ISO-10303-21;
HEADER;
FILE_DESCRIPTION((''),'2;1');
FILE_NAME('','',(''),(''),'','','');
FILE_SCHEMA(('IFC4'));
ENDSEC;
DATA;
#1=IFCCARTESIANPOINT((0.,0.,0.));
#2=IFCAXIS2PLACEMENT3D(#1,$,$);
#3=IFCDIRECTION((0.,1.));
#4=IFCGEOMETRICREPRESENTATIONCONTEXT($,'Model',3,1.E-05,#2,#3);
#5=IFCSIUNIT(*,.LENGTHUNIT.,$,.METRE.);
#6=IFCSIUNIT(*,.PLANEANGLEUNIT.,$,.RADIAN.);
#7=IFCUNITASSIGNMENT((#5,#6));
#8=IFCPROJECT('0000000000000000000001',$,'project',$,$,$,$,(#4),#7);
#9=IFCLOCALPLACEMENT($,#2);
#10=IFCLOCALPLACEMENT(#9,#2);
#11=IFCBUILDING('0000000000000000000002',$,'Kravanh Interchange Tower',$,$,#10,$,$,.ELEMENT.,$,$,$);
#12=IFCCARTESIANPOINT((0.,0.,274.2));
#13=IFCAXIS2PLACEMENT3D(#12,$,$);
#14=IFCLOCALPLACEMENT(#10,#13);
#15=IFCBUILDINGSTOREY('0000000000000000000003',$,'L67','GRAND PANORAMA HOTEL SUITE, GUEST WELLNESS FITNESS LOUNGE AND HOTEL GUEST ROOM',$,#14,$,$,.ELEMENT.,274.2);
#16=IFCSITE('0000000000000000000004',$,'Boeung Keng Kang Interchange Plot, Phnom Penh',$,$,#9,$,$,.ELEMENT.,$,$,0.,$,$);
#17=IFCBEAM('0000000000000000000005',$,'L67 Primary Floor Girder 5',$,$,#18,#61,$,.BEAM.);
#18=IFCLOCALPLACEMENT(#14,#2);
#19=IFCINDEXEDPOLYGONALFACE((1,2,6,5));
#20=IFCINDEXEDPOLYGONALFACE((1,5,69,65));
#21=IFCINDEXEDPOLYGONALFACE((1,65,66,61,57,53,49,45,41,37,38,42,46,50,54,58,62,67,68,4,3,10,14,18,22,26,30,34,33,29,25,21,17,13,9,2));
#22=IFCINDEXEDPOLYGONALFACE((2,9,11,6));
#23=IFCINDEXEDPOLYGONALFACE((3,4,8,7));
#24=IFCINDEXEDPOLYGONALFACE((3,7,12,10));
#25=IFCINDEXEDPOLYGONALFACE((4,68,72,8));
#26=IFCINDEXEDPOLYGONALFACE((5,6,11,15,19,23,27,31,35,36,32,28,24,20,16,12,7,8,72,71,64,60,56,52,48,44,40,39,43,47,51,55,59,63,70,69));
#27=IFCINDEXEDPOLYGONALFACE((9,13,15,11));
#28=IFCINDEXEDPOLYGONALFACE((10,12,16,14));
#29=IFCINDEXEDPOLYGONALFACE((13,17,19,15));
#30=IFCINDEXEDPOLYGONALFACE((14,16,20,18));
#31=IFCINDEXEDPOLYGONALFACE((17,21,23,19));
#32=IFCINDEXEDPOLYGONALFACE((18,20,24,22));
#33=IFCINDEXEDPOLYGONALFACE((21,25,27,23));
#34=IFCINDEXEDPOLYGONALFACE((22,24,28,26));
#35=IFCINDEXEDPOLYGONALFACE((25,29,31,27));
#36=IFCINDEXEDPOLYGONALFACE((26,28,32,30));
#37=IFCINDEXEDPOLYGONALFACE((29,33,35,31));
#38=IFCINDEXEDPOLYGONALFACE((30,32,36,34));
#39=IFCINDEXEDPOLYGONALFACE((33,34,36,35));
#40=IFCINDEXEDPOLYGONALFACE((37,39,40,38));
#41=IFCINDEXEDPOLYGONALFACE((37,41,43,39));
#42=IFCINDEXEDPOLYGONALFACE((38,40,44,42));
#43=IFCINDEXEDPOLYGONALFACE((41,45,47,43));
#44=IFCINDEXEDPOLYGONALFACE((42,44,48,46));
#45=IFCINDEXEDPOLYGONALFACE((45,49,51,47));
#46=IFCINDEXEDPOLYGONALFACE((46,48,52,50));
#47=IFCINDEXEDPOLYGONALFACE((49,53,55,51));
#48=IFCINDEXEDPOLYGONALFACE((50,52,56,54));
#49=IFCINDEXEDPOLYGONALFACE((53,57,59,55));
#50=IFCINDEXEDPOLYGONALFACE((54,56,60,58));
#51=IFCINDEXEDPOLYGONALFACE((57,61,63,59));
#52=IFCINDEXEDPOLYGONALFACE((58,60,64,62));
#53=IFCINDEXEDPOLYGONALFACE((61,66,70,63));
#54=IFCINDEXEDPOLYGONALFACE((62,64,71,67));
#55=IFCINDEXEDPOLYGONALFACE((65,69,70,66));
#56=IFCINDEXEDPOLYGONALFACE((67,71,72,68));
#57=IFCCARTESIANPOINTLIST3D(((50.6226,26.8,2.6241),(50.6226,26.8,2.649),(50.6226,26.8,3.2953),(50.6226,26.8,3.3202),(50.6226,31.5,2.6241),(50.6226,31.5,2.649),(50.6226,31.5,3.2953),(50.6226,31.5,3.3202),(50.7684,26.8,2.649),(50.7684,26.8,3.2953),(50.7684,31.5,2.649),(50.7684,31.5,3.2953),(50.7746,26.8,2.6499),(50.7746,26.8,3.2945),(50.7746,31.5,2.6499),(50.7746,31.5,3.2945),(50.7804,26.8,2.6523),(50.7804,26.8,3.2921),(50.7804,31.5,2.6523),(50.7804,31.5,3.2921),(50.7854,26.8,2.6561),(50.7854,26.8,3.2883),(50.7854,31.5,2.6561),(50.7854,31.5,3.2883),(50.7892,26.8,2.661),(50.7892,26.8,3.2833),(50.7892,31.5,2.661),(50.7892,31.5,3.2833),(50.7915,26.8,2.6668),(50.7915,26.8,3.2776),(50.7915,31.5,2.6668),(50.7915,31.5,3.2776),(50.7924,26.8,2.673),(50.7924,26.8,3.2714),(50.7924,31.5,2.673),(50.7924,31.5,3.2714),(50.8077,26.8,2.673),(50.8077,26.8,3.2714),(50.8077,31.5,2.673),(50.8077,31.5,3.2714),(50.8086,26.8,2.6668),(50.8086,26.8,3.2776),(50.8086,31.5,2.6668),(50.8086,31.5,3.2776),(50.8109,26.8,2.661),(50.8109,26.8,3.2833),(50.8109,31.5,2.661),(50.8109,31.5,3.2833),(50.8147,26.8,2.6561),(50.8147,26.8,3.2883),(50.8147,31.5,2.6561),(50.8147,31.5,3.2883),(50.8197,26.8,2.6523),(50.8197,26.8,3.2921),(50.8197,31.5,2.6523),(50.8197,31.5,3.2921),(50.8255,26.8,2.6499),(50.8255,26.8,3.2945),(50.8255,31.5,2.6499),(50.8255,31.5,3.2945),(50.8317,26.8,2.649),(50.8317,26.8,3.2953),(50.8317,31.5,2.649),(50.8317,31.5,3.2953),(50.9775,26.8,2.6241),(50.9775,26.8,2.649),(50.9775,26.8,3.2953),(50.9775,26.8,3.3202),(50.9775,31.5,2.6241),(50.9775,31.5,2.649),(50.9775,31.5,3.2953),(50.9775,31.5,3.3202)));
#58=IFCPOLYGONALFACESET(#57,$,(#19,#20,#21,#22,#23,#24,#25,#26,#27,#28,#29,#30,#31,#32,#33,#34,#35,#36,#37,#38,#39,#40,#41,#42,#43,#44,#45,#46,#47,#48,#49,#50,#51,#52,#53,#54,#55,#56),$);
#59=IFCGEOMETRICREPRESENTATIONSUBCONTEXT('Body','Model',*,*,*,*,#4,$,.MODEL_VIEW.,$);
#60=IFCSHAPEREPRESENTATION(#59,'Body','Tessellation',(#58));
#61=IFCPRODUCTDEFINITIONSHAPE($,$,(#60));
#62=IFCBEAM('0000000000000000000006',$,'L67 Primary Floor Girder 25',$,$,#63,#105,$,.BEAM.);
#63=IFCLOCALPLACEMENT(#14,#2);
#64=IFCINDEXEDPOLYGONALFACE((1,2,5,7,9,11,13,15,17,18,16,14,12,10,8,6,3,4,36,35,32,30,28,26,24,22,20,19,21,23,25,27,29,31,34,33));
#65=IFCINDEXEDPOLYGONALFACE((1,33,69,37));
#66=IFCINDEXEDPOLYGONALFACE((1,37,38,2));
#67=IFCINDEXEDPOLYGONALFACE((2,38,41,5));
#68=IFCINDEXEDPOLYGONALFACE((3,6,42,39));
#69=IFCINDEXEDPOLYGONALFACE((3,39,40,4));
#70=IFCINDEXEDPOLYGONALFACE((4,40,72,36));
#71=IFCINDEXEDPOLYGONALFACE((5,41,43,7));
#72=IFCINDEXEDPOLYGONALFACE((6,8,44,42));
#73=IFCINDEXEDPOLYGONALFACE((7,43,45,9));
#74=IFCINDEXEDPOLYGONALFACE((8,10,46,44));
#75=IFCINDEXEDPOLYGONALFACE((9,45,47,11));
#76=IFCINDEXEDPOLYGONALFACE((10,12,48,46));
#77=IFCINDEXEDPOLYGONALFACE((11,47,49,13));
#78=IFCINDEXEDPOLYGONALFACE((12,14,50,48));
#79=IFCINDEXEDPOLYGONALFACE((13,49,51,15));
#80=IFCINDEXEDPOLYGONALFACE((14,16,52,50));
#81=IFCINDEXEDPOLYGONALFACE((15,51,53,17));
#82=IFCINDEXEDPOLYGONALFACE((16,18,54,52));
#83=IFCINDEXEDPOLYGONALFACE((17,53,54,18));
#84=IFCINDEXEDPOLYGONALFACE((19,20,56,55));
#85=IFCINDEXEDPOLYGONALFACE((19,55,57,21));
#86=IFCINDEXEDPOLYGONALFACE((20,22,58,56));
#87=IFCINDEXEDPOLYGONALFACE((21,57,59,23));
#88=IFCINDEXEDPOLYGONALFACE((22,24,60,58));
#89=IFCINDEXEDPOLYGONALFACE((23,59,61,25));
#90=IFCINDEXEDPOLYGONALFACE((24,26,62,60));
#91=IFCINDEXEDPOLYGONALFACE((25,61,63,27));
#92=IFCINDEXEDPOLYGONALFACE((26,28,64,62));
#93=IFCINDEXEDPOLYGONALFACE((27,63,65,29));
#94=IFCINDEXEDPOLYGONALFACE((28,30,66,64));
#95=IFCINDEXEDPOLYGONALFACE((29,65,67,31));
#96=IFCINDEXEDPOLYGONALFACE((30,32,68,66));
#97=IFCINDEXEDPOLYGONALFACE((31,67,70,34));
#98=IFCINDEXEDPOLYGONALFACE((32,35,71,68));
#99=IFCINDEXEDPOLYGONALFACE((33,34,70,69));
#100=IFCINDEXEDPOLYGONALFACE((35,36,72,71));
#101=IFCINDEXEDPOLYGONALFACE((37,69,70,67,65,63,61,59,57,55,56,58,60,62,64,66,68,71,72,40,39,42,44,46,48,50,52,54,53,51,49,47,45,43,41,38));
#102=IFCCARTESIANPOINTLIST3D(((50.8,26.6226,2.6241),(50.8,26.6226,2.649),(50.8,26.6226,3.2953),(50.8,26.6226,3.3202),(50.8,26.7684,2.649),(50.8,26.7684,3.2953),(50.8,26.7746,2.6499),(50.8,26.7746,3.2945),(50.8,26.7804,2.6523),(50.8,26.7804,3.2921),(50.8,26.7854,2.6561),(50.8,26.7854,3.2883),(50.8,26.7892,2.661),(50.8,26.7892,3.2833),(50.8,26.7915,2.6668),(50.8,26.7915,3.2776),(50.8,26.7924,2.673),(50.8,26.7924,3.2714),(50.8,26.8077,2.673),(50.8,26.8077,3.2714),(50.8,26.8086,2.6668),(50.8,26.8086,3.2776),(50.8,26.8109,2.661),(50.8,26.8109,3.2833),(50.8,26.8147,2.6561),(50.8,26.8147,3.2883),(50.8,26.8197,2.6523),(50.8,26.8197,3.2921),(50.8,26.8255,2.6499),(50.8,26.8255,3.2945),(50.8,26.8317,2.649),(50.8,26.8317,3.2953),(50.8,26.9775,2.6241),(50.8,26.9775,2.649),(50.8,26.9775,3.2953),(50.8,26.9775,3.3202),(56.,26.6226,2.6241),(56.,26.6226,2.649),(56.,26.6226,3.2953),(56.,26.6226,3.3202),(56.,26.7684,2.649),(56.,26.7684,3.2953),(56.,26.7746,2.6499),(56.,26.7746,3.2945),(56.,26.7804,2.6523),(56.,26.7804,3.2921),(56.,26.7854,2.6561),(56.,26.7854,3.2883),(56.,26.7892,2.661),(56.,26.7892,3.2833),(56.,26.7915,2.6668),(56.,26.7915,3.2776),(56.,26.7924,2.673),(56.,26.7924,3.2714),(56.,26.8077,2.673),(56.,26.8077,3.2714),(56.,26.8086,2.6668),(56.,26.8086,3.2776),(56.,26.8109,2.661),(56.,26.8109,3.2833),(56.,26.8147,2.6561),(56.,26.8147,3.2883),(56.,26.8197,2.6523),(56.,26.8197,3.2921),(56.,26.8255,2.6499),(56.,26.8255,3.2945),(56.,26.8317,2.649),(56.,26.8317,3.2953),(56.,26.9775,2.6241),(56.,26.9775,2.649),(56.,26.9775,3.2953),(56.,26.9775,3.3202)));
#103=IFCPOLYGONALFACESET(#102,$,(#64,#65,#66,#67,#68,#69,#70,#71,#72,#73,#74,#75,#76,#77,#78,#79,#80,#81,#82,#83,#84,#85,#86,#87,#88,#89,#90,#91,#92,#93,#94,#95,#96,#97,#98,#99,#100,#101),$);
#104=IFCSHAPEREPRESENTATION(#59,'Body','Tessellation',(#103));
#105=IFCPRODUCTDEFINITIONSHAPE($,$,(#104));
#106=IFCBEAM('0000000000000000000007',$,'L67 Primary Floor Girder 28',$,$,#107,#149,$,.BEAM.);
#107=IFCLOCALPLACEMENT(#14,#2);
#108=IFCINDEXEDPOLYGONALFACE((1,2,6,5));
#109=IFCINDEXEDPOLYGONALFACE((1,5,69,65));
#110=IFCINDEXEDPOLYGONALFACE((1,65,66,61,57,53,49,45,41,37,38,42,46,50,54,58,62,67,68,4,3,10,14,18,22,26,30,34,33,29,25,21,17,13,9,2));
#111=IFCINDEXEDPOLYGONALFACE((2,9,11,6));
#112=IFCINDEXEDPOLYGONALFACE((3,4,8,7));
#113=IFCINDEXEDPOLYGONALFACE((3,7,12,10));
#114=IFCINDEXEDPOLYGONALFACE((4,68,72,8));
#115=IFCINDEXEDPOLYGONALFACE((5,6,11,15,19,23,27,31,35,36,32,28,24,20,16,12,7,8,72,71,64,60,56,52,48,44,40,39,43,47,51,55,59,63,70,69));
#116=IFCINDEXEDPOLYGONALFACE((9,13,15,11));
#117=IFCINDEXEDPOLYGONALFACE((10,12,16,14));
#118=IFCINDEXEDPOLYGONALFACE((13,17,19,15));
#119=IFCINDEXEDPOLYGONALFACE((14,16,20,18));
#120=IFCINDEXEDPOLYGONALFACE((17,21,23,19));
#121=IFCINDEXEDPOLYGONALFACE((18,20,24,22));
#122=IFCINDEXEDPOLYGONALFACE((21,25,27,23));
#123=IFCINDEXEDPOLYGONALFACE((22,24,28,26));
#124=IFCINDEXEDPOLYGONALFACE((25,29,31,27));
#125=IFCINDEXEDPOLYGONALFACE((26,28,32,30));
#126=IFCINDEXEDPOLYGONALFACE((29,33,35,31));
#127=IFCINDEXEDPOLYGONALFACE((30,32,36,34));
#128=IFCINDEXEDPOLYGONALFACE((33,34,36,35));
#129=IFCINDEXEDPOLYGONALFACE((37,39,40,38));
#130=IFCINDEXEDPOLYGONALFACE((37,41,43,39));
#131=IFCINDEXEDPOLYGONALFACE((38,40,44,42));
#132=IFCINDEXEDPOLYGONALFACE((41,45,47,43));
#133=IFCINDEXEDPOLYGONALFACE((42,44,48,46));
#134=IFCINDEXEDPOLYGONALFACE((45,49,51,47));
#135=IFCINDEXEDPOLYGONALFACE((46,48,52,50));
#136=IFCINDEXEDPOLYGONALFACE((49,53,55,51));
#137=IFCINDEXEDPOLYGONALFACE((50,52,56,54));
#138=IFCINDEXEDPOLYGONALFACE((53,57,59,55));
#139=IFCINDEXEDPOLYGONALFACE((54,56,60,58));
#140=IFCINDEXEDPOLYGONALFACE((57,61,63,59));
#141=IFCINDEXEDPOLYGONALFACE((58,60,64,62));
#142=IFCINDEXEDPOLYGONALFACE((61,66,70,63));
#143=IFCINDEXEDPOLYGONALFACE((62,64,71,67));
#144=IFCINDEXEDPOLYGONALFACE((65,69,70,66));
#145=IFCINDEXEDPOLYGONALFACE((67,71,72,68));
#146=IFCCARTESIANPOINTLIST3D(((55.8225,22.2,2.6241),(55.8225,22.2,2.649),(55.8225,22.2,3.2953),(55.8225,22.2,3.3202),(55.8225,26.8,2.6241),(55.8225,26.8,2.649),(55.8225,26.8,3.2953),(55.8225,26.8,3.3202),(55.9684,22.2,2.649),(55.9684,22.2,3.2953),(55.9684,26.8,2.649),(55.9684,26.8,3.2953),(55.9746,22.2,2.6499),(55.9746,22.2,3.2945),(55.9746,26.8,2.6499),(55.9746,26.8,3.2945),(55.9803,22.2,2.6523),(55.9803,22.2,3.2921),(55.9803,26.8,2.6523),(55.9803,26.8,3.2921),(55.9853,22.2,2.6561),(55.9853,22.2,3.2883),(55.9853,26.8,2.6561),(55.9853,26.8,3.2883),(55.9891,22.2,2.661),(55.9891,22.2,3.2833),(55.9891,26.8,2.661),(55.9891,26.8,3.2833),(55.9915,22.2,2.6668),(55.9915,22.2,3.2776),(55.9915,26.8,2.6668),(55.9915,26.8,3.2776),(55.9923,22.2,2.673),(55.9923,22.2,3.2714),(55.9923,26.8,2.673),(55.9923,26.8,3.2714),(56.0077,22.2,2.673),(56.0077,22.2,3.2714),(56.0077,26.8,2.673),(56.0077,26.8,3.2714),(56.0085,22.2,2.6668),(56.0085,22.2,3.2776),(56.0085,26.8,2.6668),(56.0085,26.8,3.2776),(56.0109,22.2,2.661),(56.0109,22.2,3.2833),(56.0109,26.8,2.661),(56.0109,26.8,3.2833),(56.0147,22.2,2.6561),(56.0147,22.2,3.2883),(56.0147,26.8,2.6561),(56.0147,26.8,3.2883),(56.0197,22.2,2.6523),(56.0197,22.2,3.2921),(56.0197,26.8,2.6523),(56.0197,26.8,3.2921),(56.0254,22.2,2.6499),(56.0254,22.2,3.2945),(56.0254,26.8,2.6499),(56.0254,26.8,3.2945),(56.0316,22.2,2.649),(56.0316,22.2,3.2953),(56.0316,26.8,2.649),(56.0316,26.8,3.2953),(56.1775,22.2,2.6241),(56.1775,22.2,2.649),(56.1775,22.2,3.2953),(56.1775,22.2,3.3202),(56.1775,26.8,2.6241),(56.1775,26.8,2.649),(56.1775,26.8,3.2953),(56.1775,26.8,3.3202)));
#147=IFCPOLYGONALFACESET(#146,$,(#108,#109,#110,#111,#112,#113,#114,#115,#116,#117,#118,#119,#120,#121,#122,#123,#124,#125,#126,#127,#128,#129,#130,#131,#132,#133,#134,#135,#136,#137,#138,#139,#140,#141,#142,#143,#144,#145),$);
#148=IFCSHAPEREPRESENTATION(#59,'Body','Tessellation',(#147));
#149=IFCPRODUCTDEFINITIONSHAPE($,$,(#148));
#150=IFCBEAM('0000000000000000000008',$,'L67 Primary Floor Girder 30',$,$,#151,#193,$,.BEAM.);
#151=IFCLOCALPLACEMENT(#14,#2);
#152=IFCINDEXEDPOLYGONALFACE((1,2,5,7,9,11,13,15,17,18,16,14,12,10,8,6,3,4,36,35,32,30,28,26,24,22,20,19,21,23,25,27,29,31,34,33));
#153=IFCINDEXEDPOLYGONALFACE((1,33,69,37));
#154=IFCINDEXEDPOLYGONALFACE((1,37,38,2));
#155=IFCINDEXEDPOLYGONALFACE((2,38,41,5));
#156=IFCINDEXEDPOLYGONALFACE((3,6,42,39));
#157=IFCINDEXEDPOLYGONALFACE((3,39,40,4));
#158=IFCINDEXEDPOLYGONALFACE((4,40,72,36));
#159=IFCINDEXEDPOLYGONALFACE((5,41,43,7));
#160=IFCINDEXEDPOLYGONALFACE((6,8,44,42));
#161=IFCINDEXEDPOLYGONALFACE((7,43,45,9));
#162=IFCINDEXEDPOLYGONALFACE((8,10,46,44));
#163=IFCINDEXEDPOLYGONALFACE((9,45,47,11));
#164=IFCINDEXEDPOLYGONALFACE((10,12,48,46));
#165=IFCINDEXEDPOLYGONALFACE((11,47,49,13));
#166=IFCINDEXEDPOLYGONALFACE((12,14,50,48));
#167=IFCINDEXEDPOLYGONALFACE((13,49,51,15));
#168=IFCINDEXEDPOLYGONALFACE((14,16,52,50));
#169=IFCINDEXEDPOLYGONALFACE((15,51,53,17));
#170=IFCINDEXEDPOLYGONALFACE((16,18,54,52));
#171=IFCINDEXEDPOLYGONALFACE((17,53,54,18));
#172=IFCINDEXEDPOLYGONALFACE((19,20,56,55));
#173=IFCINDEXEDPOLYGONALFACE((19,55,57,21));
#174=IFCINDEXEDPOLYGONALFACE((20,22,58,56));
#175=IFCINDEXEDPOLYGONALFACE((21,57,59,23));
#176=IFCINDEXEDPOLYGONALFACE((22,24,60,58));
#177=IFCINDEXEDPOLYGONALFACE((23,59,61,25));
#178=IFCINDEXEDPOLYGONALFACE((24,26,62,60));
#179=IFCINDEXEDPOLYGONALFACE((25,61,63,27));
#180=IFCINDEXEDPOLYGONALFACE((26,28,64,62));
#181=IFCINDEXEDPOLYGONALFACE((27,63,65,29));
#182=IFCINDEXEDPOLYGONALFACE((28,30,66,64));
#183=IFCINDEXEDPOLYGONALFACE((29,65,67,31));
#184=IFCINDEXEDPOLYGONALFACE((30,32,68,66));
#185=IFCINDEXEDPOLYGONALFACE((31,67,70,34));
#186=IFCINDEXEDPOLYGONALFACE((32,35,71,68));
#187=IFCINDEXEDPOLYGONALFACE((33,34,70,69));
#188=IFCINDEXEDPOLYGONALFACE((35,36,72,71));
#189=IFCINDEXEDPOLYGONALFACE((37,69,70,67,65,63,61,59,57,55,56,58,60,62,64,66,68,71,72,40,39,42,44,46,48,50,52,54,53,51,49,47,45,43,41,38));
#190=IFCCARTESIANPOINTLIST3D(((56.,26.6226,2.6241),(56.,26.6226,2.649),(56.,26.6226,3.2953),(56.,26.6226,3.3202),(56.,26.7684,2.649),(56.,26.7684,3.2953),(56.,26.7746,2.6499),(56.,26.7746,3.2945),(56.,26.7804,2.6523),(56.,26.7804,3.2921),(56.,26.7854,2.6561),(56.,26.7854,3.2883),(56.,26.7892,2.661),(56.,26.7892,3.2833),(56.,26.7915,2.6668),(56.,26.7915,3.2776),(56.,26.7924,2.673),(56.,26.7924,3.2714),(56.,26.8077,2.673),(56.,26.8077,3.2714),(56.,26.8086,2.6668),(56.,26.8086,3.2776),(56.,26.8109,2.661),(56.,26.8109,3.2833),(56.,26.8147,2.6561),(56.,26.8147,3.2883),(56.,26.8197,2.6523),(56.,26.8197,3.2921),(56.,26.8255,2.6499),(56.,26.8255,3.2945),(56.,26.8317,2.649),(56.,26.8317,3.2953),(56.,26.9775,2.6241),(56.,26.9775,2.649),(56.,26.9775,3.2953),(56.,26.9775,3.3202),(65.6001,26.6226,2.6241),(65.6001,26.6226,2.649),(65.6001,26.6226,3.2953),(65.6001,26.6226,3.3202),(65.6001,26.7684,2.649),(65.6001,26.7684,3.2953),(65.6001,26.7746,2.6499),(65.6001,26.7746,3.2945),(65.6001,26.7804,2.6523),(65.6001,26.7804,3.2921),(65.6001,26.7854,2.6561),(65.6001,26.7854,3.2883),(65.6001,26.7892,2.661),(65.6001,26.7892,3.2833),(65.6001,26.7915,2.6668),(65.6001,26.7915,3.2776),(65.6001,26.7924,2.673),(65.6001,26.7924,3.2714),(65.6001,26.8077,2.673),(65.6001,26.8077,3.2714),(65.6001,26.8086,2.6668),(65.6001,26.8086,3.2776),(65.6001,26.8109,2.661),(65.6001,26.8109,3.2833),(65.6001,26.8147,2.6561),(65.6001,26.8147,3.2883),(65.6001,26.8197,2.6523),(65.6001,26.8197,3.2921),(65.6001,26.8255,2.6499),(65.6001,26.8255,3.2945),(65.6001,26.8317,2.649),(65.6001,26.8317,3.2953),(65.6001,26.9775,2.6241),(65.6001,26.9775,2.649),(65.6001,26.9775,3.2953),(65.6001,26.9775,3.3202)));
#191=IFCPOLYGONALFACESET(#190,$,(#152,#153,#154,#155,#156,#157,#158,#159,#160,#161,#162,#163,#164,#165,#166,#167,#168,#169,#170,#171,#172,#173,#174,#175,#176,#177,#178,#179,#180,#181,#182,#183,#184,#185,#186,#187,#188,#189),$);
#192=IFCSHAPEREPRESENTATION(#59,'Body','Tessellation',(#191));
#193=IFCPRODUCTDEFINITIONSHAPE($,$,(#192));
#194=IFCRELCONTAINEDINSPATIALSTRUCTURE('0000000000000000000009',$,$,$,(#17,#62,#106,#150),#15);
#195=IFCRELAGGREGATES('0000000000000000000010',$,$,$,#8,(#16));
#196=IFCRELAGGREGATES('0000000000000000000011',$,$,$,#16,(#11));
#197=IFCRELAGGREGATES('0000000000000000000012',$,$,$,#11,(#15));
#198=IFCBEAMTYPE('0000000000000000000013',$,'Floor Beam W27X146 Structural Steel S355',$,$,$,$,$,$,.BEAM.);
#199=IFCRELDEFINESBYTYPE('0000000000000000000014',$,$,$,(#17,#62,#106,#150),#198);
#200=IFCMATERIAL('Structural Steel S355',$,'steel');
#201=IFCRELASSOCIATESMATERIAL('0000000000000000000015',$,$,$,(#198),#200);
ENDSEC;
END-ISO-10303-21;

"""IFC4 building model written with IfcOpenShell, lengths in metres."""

from ifc_helpers import new_model, si_unit, direction, frame, origin, origin_2d, place, context, subcontext, project, spatial, i_section, extrude, material, material_profile, profile_set, type_object, element, save


model = new_model("IFC4")

# Units and contexts
model_context = context("Model", 3, precision=1e-05, world=origin(), true_north=direction((0.0, 1.0)))
body_context = subcontext(model_context, "Body", "Model", "MODEL_VIEW")
ifc_project = project(units=[si_unit("LENGTHUNIT", "METRE"), si_unit("PLANEANGLEUNIT", "RADIAN")], contexts=[model_context])

# Site, building, storey
site_placement = place(None, origin())
site = spatial("IfcSite", under=ifc_project, at=site_placement, Name="Boeung Keng Kang Interchange Plot, Phnom Penh", CompositionType="ELEMENT", RefElevation=0.0)
building_placement = place(site_placement, origin())
building = spatial("IfcBuilding", under=site, at=building_placement, Name="Kravanh Interchange Tower", CompositionType="ELEMENT")
storey_placement = place(building_placement, frame((0.0, 0.0, 274.2)))
storey = spatial("IfcBuildingStorey", under=building, at=storey_placement, Name="L67", Description="GRAND PANORAMA HOTEL SUITE, GUEST WELLNESS FITNESS LOUNGE AND HOTEL GUEST ROOM", CompositionType="ELEMENT", Elevation=274.2)

# Beams
ifc_material_1 = material(Name="Structural Steel S355", Category="steel")
ifc_material_profile_1 = material_profile(ifc_material_1, i_section(OverallWidth=0.355, OverallDepth=0.696, WebThickness=0.0154, FlangeThickness=0.0249, FilletRadius=0.0239, at=origin_2d()), Name="W27X146")
ifc_profile_set_1 = profile_set([ifc_material_profile_1], Name="Structural Steel S355")
beam_type_1 = type_object("IfcBeamType", Name="Floor Beam W27X146 Structural Steel S355", PredefinedType="BEAM", material=ifc_profile_set_1)
beam_1_placement = place(storey_placement, frame((50.8, 31.5, 2.9722), z_axis=(0.0, -1.0, 0.0), x_axis=(1.0, 0.0, 0.0)))
element("IfcBeam", 1, at=beam_1_placement, inside=storey, type_object=beam_type_1, Name="L67 Primary Floor Girder 5", PredefinedType="BEAM", context=body_context, shape_type="SweptSolid", body=[
    extrude(i_section(OverallWidth=0.355, OverallDepth=0.696, WebThickness=0.0154, FlangeThickness=0.0249, FilletRadius=0.0239, at=origin_2d()), origin(), (0.0, 0.0, 1.0), 4.7),
])
beam_2_placement = place(storey_placement, frame((50.8, 26.8, 2.9722), z_axis=(1.0, 0.0, 0.0), x_axis=(0.0, 1.0, 0.0)))
element("IfcBeam", 2, at=beam_2_placement, inside=storey, type_object=beam_type_1, Name="L67 Primary Floor Girder 25", PredefinedType="BEAM", context=body_context, shape_type="SweptSolid", body=[
    extrude(i_section(OverallWidth=0.355, OverallDepth=0.696, WebThickness=0.0154, FlangeThickness=0.0249, FilletRadius=0.0239, at=origin_2d()), origin(), (0.0, 0.0, 1.0), 5.2),
])
beam_3_placement = place(storey_placement, frame((56.0, 26.8, 2.9722), z_axis=(0.0, -1.0, 0.0), x_axis=(1.0, 0.0, 0.0)))
element("IfcBeam", 3, at=beam_3_placement, inside=storey, type_object=beam_type_1, Name="L67 Primary Floor Girder 28", PredefinedType="BEAM", context=body_context, shape_type="SweptSolid", body=[
    extrude(i_section(OverallWidth=0.355, OverallDepth=0.696, WebThickness=0.0154, FlangeThickness=0.0249, FilletRadius=0.0239, at=origin_2d()), origin(), (0.0, 0.0, 1.0), 4.6001),
])
beam_4_placement = place(storey_placement, frame((56.0, 26.8, 2.9722), z_axis=(1.0, 0.0, 0.0), x_axis=(0.0, 1.0, 0.0)))
element("IfcBeam", 4, at=beam_4_placement, inside=storey, type_object=beam_type_1, Name="L67 Primary Floor Girder 30", PredefinedType="BEAM", context=body_context, shape_type="SweptSolid", body=[
    extrude(i_section(OverallWidth=0.355, OverallDepth=0.696, WebThickness=0.0154, FlangeThickness=0.0249, FilletRadius=0.0239, at=origin_2d()), origin(), (0.0, 0.0, 1.0), 9.6001),
])

save(model, "model.ifc")
